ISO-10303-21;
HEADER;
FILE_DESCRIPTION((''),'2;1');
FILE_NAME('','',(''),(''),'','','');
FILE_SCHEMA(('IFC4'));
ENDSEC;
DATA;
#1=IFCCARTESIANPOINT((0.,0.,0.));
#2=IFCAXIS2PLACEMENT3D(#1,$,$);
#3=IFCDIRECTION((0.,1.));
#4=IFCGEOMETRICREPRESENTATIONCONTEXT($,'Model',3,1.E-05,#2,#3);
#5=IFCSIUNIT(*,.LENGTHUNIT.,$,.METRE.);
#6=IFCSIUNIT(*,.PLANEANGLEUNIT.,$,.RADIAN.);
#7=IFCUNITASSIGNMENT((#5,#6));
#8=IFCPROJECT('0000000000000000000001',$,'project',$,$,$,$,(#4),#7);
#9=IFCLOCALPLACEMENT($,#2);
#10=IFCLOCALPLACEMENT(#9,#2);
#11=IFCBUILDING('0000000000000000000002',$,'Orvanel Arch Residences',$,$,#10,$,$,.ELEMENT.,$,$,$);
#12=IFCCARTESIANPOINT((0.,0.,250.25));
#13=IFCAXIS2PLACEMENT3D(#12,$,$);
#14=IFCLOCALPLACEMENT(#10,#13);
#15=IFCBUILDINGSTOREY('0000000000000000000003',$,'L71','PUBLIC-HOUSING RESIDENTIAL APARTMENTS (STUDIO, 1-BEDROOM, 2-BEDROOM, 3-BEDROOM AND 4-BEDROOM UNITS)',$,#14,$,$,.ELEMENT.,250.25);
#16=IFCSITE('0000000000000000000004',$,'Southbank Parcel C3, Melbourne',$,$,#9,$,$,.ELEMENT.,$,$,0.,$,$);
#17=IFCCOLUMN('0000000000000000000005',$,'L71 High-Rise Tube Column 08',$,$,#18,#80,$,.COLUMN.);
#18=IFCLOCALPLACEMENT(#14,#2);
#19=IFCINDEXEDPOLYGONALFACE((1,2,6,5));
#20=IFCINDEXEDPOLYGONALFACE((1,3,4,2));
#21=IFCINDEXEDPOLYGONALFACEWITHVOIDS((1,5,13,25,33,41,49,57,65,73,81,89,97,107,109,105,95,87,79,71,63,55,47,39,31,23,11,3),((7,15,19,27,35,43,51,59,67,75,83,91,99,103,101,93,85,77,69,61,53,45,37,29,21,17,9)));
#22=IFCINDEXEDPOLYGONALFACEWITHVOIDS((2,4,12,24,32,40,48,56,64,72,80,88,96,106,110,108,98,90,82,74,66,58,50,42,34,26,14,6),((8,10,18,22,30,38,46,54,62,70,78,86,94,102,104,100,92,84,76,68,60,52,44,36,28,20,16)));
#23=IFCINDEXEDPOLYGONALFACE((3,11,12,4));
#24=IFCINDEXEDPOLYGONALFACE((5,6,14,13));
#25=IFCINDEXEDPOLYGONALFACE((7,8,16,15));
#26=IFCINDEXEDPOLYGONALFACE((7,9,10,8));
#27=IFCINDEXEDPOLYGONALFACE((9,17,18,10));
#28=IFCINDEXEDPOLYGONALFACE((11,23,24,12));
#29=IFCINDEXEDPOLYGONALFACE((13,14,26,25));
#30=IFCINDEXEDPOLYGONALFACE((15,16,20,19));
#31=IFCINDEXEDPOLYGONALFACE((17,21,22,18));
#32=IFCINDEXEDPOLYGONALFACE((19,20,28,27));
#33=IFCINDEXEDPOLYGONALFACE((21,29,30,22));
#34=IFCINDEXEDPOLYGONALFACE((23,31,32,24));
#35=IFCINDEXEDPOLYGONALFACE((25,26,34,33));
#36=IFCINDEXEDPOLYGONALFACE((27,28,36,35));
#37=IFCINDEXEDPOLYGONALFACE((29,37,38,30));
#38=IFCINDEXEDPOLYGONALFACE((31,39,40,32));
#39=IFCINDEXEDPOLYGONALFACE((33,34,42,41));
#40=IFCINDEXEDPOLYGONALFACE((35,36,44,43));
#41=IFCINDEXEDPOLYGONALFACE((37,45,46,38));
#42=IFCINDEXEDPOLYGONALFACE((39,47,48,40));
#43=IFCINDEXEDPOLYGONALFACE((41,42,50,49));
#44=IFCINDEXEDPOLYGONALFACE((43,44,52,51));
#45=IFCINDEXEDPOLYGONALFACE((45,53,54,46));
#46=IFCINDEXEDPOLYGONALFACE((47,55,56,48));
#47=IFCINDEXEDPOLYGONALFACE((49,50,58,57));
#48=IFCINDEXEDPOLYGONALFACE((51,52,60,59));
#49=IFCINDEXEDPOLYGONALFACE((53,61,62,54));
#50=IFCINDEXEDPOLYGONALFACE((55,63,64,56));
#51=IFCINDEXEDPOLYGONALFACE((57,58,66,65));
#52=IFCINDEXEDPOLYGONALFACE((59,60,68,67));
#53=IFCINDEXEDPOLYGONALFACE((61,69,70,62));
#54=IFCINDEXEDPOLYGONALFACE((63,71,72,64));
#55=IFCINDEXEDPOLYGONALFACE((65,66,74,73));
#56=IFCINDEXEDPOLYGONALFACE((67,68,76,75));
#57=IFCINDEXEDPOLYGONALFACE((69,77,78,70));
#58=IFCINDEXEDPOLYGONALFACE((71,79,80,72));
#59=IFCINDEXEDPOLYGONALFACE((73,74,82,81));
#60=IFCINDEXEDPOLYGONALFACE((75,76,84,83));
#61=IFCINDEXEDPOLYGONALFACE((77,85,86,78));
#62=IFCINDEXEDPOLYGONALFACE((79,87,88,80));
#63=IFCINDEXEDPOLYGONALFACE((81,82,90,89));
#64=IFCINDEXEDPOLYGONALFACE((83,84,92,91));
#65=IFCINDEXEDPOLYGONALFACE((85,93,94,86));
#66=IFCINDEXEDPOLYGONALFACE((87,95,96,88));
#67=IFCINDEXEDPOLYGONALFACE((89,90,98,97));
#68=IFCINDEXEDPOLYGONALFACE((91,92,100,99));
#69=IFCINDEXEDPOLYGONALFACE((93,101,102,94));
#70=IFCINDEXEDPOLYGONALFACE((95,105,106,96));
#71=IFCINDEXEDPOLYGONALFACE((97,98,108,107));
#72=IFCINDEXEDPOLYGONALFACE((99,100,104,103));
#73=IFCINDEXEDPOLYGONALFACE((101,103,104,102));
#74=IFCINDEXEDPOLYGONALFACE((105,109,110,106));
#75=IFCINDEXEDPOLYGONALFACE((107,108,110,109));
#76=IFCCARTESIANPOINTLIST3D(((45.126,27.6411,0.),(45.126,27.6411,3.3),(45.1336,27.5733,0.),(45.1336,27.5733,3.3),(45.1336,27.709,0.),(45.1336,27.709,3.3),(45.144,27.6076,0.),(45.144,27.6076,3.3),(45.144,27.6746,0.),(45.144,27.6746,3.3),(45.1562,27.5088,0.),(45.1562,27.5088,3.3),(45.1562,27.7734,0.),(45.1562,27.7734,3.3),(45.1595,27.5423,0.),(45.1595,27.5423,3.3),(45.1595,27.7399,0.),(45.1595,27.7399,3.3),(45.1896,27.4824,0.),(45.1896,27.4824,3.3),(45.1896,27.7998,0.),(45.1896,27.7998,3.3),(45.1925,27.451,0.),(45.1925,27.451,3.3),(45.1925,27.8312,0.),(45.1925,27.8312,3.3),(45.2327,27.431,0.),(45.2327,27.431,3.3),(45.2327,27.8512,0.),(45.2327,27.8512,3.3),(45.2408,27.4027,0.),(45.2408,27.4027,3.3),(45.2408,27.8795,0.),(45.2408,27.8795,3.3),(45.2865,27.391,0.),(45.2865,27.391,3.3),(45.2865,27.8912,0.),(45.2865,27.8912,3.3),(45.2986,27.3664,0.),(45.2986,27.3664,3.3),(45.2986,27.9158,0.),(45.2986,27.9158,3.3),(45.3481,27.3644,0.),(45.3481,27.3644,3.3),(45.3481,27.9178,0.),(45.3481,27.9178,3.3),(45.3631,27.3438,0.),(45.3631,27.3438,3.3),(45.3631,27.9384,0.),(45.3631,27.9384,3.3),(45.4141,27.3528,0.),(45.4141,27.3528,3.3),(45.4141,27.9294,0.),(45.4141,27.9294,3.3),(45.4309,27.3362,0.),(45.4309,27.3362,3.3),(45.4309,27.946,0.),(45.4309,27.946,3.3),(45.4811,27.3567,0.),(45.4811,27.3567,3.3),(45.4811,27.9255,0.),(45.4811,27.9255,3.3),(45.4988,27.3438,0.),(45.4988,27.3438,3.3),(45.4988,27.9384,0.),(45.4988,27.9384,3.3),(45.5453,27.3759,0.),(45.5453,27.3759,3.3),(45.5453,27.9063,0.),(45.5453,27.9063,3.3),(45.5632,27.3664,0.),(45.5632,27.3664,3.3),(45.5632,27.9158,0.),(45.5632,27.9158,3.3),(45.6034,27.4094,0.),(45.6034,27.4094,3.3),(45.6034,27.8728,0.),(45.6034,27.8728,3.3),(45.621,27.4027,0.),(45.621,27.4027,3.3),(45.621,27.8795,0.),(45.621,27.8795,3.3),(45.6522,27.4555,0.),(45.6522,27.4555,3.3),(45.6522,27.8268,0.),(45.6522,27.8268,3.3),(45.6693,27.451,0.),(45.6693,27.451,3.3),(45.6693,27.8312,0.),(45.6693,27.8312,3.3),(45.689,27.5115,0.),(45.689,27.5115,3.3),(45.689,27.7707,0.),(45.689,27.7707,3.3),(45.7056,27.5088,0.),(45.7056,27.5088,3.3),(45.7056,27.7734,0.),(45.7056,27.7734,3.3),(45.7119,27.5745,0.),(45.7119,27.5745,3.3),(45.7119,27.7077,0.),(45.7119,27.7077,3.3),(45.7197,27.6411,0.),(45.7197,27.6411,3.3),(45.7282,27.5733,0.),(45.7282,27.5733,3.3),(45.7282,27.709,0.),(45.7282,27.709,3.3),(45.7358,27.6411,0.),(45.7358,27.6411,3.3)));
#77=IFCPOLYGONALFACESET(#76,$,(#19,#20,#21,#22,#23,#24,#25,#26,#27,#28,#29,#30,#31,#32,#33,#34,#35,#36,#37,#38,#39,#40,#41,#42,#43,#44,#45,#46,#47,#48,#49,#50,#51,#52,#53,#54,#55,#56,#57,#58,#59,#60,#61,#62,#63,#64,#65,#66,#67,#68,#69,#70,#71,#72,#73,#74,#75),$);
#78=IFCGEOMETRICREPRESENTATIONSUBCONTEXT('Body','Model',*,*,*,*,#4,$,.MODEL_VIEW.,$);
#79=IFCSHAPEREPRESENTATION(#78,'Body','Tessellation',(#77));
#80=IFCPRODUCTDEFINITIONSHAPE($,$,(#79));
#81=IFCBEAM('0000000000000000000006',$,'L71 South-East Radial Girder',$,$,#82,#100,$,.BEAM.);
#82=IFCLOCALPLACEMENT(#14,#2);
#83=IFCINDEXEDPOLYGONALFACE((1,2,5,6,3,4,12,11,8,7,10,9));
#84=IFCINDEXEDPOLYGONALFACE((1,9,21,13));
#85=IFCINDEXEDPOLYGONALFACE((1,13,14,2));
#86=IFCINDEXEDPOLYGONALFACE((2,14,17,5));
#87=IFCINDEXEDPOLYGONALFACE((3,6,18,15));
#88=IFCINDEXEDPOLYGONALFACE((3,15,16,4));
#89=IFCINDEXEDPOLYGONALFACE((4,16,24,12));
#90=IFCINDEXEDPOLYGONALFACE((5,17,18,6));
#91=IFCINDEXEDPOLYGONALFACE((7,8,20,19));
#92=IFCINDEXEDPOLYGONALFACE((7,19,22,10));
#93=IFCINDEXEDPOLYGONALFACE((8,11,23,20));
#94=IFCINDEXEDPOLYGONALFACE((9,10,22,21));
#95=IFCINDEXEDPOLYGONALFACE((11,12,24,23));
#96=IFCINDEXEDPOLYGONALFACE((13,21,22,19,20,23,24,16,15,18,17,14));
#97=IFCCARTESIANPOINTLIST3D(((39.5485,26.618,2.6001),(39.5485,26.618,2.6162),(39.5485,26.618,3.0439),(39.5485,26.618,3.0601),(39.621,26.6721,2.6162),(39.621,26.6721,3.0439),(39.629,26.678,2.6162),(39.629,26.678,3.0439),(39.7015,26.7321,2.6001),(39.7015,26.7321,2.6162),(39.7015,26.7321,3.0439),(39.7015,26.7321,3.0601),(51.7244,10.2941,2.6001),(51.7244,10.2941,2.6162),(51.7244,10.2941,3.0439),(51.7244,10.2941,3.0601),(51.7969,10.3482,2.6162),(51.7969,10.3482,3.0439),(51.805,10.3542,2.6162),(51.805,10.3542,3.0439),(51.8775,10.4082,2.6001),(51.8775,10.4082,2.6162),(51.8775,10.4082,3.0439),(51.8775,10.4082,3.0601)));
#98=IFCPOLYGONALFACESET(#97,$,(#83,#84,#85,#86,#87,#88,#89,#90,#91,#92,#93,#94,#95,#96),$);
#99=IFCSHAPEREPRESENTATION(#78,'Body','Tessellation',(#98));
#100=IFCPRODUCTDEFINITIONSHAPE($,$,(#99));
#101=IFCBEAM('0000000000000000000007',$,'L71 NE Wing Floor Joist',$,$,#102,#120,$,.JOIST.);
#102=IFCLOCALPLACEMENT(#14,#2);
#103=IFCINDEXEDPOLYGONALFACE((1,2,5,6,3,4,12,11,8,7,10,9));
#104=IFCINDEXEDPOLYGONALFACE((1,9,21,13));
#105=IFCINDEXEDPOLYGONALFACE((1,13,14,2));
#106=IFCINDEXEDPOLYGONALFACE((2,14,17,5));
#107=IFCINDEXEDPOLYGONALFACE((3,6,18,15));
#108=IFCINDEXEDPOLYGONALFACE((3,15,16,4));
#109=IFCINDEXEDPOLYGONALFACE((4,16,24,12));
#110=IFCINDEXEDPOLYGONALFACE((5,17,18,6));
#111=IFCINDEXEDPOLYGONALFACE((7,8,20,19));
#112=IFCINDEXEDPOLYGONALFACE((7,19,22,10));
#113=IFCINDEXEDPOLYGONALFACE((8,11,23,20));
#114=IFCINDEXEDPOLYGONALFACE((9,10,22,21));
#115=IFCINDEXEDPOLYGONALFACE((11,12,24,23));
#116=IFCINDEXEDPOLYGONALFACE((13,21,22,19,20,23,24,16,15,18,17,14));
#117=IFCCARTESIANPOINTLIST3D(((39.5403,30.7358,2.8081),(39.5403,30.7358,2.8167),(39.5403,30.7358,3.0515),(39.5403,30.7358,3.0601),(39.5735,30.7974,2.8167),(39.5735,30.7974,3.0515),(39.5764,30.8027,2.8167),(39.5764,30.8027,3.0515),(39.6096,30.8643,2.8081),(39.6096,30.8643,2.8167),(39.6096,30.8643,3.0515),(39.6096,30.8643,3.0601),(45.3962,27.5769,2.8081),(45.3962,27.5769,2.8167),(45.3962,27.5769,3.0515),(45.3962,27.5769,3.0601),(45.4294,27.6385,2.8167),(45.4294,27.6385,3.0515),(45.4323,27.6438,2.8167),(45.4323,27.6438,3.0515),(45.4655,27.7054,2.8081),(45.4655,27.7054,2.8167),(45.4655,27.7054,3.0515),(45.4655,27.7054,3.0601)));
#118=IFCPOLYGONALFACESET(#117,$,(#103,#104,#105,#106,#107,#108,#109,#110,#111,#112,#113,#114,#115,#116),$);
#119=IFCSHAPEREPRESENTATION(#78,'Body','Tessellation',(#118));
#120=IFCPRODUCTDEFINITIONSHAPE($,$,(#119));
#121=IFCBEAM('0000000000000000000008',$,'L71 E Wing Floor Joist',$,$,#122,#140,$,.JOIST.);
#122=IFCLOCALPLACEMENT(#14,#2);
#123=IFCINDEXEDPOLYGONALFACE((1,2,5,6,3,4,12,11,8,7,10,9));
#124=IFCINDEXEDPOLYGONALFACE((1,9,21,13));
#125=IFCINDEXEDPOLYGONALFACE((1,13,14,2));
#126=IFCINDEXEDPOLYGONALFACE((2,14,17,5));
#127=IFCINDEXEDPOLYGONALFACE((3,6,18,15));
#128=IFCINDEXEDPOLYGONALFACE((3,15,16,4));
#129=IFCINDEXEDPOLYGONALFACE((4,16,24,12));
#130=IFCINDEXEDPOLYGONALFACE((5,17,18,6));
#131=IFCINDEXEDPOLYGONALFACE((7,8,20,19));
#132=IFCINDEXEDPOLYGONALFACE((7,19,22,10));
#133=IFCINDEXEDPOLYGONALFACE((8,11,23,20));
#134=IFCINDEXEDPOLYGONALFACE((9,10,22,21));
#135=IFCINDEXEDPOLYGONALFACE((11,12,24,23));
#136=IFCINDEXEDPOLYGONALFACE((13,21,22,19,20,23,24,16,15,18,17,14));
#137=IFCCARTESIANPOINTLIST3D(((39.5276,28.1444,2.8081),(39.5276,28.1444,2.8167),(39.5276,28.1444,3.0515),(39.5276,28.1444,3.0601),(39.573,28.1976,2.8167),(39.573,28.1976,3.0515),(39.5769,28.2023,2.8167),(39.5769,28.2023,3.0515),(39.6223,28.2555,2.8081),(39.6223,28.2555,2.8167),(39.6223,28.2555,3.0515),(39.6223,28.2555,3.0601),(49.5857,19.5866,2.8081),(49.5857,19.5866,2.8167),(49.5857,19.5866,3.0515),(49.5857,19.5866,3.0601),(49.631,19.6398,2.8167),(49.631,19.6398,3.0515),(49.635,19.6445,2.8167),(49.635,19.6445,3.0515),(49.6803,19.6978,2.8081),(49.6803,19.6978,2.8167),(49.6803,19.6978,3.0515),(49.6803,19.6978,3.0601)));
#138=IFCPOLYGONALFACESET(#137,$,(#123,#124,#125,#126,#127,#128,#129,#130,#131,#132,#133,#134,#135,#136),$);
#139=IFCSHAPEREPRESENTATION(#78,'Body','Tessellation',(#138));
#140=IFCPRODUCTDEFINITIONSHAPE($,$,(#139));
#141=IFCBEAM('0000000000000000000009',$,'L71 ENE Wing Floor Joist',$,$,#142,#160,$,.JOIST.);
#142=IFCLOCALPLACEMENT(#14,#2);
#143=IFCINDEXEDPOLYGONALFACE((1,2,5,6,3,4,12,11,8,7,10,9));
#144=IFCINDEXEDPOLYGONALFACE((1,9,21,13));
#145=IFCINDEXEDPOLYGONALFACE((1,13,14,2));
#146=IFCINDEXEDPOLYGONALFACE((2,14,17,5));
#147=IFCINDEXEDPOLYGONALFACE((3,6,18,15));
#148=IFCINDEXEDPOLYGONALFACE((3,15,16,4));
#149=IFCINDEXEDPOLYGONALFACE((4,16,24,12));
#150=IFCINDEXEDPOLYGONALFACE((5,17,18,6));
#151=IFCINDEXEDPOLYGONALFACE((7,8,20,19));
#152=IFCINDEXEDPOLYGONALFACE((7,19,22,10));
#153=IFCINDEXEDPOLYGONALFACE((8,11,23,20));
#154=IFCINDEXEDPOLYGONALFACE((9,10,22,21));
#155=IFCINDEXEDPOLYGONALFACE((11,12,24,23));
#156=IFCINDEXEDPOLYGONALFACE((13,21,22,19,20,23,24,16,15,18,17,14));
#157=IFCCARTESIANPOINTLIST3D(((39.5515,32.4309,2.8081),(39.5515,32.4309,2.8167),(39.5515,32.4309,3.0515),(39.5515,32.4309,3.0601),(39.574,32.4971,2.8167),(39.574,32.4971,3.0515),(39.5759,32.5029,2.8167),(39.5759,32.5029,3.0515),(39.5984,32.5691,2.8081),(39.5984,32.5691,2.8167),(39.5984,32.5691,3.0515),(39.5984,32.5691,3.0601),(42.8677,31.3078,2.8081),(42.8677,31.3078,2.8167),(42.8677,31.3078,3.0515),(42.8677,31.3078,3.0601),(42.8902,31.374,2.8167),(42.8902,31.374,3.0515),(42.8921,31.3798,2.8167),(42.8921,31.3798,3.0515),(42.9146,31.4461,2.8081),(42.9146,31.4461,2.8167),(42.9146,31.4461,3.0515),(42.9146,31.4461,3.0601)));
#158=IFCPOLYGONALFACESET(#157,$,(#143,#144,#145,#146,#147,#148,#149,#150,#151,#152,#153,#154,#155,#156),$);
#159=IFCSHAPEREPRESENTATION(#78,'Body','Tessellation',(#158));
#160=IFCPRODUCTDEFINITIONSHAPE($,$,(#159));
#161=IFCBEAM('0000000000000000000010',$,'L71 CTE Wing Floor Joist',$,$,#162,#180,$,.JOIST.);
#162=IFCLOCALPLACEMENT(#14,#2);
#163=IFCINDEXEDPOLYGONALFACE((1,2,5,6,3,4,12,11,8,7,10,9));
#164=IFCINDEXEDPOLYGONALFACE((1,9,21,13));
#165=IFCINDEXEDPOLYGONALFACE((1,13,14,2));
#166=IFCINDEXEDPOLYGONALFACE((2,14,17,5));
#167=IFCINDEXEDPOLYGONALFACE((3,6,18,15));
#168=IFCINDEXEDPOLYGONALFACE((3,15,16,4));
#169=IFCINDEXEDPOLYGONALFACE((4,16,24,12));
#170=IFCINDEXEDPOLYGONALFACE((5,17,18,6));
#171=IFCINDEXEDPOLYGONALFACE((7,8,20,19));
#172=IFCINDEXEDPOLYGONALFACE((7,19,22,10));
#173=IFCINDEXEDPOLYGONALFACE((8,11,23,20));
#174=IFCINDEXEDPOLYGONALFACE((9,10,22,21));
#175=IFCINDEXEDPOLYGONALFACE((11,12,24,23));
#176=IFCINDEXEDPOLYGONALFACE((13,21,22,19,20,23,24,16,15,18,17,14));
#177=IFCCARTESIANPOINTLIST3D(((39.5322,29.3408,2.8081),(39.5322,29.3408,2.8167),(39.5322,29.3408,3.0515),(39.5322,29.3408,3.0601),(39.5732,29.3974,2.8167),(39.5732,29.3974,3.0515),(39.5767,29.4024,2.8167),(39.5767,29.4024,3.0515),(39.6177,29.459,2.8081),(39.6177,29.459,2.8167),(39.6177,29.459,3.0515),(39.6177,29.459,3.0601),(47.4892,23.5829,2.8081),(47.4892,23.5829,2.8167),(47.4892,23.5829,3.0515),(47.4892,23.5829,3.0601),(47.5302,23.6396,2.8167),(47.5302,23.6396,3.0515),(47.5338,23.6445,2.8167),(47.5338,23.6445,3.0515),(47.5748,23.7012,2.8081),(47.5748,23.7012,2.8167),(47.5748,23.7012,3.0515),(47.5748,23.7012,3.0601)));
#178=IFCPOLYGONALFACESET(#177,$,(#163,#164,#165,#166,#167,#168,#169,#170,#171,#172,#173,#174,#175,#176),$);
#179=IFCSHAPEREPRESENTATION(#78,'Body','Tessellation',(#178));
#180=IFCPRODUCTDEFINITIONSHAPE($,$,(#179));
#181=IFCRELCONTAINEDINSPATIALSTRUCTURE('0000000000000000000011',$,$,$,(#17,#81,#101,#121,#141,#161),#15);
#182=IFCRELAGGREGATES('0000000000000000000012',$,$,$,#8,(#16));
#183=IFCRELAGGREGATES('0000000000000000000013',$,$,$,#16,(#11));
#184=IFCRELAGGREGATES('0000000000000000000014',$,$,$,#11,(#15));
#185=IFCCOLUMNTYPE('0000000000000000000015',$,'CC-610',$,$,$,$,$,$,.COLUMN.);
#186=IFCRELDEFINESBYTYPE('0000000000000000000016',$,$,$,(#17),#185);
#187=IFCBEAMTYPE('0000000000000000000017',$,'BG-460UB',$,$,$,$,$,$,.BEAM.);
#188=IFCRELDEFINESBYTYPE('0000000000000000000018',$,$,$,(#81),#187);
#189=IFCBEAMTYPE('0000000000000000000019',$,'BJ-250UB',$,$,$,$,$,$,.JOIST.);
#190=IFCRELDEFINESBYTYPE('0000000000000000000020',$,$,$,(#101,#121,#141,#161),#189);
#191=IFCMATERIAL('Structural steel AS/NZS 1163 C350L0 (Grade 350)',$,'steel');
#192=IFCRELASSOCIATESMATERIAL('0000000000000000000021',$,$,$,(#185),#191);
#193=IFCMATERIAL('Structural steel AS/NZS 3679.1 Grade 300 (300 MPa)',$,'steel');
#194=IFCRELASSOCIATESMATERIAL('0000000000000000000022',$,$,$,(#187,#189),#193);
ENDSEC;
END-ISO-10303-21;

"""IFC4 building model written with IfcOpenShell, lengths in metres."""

from ifc_helpers import new_model, si_unit, direction, frame, origin, origin_2d, place, context, subcontext, project, spatial, hollow_circle, i_section, extrude, material, material_profile, profile_set, type_object, element, save


model = new_model("IFC4")

# Units and contexts
model_context = context("Model", 3, precision=1e-05, world=origin(), true_north=direction((0.0, 1.0)))
body_context = subcontext(model_context, "Body", "Model", "MODEL_VIEW")
ifc_project = project(units=[si_unit("LENGTHUNIT", "METRE"), si_unit("PLANEANGLEUNIT", "RADIAN")], contexts=[model_context])

# Site, building, storey
site_placement = place(None, origin())
site = spatial("IfcSite", under=ifc_project, at=site_placement, Name="Southbank Parcel C3, Melbourne", CompositionType="ELEMENT", RefElevation=0.0)
building_placement = place(site_placement, origin())
building = spatial("IfcBuilding", under=site, at=building_placement, Name="Orvanel Arch Residences", CompositionType="ELEMENT")
storey_placement = place(building_placement, frame((0.0, 0.0, 250.25)))
storey = spatial("IfcBuildingStorey", under=building, at=storey_placement, Name="L71", Description="PUBLIC-HOUSING RESIDENTIAL APARTMENTS (STUDIO, 1-BEDROOM, 2-BEDROOM, 3-BEDROOM AND 4-BEDROOM UNITS)", CompositionType="ELEMENT", Elevation=250.25)

# Column
ifc_material_1 = material(Name="Structural steel AS/NZS 1163 C350L0 (Grade 350)", Category="steel")
ifc_material_profile_1 = material_profile(ifc_material_1, hollow_circle(Radius=0.3049, WallThickness=0.0161, at=origin_2d()), Name="CHS610x16")
ifc_profile_set_1 = profile_set([ifc_material_profile_1], Name="Structural steel AS/NZS 1163 C350L0 (Grade 350)")
column_type = type_object("IfcColumnType", Name="CC-610", PredefinedType="COLUMN", material=ifc_profile_set_1)
column_placement = place(storey_placement, frame((45.4309, 27.6411, 0.0), z_axis=(0.0, 0.0, 1.0), x_axis=(1.0, 0.0, 0.0)))
element("IfcColumn", 1, at=column_placement, inside=storey, type_object=column_type, Name="L71 High-Rise Tube Column 08", PredefinedType="COLUMN", context=body_context, shape_type="SweptSolid", body=[
    extrude(hollow_circle(Radius=0.3049, WallThickness=0.0161, at=origin_2d()), origin(), (0.0, 0.0, 1.0), 3.3),
])

# Beams
ifc_material_2 = material(Name="Structural steel AS/NZS 3679.1 Grade 300 (300 MPa)", Category="steel")
ifc_material_profile_2 = material_profile(ifc_material_2, i_section(OverallWidth=0.1909, OverallDepth=0.46, WebThickness=0.01, FlangeThickness=0.0161, at=origin_2d()), Name="460UB82.1")
ifc_profile_set_2 = profile_set([ifc_material_profile_2], Name="Structural steel AS/NZS 3679.1 Grade 300 (300 MPa)")
beam_type_1 = type_object("IfcBeamType", Name="BG-460UB", PredefinedType="BEAM", material=ifc_profile_set_2)
beam_1_placement = place(storey_placement, frame((39.625, 26.675, 2.8301), z_axis=(0.597894, -0.801575, 0.0), x_axis=(0.801575, 0.597894, 0.0)))
element("IfcBeam", 2, at=beam_1_placement, inside=storey, type_object=beam_type_1, Name="L71 South-East Radial Girder", PredefinedType="BEAM", context=body_context, shape_type="SweptSolid", body=[
    extrude(i_section(OverallWidth=0.1909, OverallDepth=0.46, WebThickness=0.01, FlangeThickness=0.0161, at=origin_2d()), origin(), (0.0, 0.0, 1.0), 20.3647),
])
ifc_material_profile_3 = material_profile(ifc_material_2, i_section(OverallWidth=0.146, OverallDepth=0.252, WebThickness=0.0061, FlangeThickness=0.0085, at=origin_2d()), Name="250UB31.4")
ifc_profile_set_3 = profile_set([ifc_material_profile_3], Name="Structural steel AS/NZS 3679.1 Grade 300 (300 MPa)")
beam_type_2 = type_object("IfcBeamType", Name="BJ-250UB", PredefinedType="JOIST", material=ifc_profile_set_3)
beam_2_placement = place(storey_placement, frame((39.575, 30.8, 2.9341), z_axis=(0.880111, -0.474767, 0.0), x_axis=(0.474767, 0.880111, 0.0)))
element("IfcBeam", 3, at=beam_2_placement, inside=storey, type_object=beam_type_2, Name="L71 NE Wing Floor Joist", PredefinedType="JOIST", context=body_context, shape_type="SweptSolid", body=[
    extrude(i_section(OverallWidth=0.146, OverallDepth=0.252, WebThickness=0.0061, FlangeThickness=0.0085, at=origin_2d()), origin(), (0.0, 0.0, 1.0), 6.6536),
])
beam_3_placement = place(storey_placement, frame((39.575, 28.2, 2.9341), z_axis=(0.761623, -0.648021, 0.0), x_axis=(0.648021, 0.761623, 0.0)))
element("IfcBeam", 4, at=beam_3_placement, inside=storey, type_object=beam_type_2, Name="L71 E Wing Floor Joist", PredefinedType="JOIST", context=body_context, shape_type="SweptSolid", body=[
    extrude(i_section(OverallWidth=0.146, OverallDepth=0.252, WebThickness=0.0061, FlangeThickness=0.0085, at=origin_2d()), origin(), (0.0, 0.0, 1.0), 13.2061),
])
beam_4_placement = place(storey_placement, frame((39.575, 32.5, 2.9341), z_axis=(0.947159, -0.320764, 0.0), x_axis=(0.320764, 0.947159, 0.0)))
element("IfcBeam", 5, at=beam_4_placement, inside=storey, type_object=beam_type_2, Name="L71 ENE Wing Floor Joist", PredefinedType="JOIST", context=body_context, shape_type="SweptSolid", body=[
    extrude(i_section(OverallWidth=0.146, OverallDepth=0.252, WebThickness=0.0061, FlangeThickness=0.0085, at=origin_2d()), origin(), (0.0, 0.0, 1.0), 3.5012),
])
beam_5_placement = place(storey_placement, frame((39.575, 29.3999, 2.9341), z_axis=(0.810144, -0.586231, 0.0), x_axis=(0.586231, 0.810144, 0.0)))
element("IfcBeam", 6, at=beam_5_placement, inside=storey, type_object=beam_type_2, Name="L71 CTE Wing Floor Joist", PredefinedType="JOIST", context=body_context, shape_type="SweptSolid", body=[
    extrude(i_section(OverallWidth=0.146, OverallDepth=0.252, WebThickness=0.0061, FlangeThickness=0.0085, at=origin_2d()), origin(), (0.0, 0.0, 1.0), 9.8218),
])

save(model, "model.ifc")
